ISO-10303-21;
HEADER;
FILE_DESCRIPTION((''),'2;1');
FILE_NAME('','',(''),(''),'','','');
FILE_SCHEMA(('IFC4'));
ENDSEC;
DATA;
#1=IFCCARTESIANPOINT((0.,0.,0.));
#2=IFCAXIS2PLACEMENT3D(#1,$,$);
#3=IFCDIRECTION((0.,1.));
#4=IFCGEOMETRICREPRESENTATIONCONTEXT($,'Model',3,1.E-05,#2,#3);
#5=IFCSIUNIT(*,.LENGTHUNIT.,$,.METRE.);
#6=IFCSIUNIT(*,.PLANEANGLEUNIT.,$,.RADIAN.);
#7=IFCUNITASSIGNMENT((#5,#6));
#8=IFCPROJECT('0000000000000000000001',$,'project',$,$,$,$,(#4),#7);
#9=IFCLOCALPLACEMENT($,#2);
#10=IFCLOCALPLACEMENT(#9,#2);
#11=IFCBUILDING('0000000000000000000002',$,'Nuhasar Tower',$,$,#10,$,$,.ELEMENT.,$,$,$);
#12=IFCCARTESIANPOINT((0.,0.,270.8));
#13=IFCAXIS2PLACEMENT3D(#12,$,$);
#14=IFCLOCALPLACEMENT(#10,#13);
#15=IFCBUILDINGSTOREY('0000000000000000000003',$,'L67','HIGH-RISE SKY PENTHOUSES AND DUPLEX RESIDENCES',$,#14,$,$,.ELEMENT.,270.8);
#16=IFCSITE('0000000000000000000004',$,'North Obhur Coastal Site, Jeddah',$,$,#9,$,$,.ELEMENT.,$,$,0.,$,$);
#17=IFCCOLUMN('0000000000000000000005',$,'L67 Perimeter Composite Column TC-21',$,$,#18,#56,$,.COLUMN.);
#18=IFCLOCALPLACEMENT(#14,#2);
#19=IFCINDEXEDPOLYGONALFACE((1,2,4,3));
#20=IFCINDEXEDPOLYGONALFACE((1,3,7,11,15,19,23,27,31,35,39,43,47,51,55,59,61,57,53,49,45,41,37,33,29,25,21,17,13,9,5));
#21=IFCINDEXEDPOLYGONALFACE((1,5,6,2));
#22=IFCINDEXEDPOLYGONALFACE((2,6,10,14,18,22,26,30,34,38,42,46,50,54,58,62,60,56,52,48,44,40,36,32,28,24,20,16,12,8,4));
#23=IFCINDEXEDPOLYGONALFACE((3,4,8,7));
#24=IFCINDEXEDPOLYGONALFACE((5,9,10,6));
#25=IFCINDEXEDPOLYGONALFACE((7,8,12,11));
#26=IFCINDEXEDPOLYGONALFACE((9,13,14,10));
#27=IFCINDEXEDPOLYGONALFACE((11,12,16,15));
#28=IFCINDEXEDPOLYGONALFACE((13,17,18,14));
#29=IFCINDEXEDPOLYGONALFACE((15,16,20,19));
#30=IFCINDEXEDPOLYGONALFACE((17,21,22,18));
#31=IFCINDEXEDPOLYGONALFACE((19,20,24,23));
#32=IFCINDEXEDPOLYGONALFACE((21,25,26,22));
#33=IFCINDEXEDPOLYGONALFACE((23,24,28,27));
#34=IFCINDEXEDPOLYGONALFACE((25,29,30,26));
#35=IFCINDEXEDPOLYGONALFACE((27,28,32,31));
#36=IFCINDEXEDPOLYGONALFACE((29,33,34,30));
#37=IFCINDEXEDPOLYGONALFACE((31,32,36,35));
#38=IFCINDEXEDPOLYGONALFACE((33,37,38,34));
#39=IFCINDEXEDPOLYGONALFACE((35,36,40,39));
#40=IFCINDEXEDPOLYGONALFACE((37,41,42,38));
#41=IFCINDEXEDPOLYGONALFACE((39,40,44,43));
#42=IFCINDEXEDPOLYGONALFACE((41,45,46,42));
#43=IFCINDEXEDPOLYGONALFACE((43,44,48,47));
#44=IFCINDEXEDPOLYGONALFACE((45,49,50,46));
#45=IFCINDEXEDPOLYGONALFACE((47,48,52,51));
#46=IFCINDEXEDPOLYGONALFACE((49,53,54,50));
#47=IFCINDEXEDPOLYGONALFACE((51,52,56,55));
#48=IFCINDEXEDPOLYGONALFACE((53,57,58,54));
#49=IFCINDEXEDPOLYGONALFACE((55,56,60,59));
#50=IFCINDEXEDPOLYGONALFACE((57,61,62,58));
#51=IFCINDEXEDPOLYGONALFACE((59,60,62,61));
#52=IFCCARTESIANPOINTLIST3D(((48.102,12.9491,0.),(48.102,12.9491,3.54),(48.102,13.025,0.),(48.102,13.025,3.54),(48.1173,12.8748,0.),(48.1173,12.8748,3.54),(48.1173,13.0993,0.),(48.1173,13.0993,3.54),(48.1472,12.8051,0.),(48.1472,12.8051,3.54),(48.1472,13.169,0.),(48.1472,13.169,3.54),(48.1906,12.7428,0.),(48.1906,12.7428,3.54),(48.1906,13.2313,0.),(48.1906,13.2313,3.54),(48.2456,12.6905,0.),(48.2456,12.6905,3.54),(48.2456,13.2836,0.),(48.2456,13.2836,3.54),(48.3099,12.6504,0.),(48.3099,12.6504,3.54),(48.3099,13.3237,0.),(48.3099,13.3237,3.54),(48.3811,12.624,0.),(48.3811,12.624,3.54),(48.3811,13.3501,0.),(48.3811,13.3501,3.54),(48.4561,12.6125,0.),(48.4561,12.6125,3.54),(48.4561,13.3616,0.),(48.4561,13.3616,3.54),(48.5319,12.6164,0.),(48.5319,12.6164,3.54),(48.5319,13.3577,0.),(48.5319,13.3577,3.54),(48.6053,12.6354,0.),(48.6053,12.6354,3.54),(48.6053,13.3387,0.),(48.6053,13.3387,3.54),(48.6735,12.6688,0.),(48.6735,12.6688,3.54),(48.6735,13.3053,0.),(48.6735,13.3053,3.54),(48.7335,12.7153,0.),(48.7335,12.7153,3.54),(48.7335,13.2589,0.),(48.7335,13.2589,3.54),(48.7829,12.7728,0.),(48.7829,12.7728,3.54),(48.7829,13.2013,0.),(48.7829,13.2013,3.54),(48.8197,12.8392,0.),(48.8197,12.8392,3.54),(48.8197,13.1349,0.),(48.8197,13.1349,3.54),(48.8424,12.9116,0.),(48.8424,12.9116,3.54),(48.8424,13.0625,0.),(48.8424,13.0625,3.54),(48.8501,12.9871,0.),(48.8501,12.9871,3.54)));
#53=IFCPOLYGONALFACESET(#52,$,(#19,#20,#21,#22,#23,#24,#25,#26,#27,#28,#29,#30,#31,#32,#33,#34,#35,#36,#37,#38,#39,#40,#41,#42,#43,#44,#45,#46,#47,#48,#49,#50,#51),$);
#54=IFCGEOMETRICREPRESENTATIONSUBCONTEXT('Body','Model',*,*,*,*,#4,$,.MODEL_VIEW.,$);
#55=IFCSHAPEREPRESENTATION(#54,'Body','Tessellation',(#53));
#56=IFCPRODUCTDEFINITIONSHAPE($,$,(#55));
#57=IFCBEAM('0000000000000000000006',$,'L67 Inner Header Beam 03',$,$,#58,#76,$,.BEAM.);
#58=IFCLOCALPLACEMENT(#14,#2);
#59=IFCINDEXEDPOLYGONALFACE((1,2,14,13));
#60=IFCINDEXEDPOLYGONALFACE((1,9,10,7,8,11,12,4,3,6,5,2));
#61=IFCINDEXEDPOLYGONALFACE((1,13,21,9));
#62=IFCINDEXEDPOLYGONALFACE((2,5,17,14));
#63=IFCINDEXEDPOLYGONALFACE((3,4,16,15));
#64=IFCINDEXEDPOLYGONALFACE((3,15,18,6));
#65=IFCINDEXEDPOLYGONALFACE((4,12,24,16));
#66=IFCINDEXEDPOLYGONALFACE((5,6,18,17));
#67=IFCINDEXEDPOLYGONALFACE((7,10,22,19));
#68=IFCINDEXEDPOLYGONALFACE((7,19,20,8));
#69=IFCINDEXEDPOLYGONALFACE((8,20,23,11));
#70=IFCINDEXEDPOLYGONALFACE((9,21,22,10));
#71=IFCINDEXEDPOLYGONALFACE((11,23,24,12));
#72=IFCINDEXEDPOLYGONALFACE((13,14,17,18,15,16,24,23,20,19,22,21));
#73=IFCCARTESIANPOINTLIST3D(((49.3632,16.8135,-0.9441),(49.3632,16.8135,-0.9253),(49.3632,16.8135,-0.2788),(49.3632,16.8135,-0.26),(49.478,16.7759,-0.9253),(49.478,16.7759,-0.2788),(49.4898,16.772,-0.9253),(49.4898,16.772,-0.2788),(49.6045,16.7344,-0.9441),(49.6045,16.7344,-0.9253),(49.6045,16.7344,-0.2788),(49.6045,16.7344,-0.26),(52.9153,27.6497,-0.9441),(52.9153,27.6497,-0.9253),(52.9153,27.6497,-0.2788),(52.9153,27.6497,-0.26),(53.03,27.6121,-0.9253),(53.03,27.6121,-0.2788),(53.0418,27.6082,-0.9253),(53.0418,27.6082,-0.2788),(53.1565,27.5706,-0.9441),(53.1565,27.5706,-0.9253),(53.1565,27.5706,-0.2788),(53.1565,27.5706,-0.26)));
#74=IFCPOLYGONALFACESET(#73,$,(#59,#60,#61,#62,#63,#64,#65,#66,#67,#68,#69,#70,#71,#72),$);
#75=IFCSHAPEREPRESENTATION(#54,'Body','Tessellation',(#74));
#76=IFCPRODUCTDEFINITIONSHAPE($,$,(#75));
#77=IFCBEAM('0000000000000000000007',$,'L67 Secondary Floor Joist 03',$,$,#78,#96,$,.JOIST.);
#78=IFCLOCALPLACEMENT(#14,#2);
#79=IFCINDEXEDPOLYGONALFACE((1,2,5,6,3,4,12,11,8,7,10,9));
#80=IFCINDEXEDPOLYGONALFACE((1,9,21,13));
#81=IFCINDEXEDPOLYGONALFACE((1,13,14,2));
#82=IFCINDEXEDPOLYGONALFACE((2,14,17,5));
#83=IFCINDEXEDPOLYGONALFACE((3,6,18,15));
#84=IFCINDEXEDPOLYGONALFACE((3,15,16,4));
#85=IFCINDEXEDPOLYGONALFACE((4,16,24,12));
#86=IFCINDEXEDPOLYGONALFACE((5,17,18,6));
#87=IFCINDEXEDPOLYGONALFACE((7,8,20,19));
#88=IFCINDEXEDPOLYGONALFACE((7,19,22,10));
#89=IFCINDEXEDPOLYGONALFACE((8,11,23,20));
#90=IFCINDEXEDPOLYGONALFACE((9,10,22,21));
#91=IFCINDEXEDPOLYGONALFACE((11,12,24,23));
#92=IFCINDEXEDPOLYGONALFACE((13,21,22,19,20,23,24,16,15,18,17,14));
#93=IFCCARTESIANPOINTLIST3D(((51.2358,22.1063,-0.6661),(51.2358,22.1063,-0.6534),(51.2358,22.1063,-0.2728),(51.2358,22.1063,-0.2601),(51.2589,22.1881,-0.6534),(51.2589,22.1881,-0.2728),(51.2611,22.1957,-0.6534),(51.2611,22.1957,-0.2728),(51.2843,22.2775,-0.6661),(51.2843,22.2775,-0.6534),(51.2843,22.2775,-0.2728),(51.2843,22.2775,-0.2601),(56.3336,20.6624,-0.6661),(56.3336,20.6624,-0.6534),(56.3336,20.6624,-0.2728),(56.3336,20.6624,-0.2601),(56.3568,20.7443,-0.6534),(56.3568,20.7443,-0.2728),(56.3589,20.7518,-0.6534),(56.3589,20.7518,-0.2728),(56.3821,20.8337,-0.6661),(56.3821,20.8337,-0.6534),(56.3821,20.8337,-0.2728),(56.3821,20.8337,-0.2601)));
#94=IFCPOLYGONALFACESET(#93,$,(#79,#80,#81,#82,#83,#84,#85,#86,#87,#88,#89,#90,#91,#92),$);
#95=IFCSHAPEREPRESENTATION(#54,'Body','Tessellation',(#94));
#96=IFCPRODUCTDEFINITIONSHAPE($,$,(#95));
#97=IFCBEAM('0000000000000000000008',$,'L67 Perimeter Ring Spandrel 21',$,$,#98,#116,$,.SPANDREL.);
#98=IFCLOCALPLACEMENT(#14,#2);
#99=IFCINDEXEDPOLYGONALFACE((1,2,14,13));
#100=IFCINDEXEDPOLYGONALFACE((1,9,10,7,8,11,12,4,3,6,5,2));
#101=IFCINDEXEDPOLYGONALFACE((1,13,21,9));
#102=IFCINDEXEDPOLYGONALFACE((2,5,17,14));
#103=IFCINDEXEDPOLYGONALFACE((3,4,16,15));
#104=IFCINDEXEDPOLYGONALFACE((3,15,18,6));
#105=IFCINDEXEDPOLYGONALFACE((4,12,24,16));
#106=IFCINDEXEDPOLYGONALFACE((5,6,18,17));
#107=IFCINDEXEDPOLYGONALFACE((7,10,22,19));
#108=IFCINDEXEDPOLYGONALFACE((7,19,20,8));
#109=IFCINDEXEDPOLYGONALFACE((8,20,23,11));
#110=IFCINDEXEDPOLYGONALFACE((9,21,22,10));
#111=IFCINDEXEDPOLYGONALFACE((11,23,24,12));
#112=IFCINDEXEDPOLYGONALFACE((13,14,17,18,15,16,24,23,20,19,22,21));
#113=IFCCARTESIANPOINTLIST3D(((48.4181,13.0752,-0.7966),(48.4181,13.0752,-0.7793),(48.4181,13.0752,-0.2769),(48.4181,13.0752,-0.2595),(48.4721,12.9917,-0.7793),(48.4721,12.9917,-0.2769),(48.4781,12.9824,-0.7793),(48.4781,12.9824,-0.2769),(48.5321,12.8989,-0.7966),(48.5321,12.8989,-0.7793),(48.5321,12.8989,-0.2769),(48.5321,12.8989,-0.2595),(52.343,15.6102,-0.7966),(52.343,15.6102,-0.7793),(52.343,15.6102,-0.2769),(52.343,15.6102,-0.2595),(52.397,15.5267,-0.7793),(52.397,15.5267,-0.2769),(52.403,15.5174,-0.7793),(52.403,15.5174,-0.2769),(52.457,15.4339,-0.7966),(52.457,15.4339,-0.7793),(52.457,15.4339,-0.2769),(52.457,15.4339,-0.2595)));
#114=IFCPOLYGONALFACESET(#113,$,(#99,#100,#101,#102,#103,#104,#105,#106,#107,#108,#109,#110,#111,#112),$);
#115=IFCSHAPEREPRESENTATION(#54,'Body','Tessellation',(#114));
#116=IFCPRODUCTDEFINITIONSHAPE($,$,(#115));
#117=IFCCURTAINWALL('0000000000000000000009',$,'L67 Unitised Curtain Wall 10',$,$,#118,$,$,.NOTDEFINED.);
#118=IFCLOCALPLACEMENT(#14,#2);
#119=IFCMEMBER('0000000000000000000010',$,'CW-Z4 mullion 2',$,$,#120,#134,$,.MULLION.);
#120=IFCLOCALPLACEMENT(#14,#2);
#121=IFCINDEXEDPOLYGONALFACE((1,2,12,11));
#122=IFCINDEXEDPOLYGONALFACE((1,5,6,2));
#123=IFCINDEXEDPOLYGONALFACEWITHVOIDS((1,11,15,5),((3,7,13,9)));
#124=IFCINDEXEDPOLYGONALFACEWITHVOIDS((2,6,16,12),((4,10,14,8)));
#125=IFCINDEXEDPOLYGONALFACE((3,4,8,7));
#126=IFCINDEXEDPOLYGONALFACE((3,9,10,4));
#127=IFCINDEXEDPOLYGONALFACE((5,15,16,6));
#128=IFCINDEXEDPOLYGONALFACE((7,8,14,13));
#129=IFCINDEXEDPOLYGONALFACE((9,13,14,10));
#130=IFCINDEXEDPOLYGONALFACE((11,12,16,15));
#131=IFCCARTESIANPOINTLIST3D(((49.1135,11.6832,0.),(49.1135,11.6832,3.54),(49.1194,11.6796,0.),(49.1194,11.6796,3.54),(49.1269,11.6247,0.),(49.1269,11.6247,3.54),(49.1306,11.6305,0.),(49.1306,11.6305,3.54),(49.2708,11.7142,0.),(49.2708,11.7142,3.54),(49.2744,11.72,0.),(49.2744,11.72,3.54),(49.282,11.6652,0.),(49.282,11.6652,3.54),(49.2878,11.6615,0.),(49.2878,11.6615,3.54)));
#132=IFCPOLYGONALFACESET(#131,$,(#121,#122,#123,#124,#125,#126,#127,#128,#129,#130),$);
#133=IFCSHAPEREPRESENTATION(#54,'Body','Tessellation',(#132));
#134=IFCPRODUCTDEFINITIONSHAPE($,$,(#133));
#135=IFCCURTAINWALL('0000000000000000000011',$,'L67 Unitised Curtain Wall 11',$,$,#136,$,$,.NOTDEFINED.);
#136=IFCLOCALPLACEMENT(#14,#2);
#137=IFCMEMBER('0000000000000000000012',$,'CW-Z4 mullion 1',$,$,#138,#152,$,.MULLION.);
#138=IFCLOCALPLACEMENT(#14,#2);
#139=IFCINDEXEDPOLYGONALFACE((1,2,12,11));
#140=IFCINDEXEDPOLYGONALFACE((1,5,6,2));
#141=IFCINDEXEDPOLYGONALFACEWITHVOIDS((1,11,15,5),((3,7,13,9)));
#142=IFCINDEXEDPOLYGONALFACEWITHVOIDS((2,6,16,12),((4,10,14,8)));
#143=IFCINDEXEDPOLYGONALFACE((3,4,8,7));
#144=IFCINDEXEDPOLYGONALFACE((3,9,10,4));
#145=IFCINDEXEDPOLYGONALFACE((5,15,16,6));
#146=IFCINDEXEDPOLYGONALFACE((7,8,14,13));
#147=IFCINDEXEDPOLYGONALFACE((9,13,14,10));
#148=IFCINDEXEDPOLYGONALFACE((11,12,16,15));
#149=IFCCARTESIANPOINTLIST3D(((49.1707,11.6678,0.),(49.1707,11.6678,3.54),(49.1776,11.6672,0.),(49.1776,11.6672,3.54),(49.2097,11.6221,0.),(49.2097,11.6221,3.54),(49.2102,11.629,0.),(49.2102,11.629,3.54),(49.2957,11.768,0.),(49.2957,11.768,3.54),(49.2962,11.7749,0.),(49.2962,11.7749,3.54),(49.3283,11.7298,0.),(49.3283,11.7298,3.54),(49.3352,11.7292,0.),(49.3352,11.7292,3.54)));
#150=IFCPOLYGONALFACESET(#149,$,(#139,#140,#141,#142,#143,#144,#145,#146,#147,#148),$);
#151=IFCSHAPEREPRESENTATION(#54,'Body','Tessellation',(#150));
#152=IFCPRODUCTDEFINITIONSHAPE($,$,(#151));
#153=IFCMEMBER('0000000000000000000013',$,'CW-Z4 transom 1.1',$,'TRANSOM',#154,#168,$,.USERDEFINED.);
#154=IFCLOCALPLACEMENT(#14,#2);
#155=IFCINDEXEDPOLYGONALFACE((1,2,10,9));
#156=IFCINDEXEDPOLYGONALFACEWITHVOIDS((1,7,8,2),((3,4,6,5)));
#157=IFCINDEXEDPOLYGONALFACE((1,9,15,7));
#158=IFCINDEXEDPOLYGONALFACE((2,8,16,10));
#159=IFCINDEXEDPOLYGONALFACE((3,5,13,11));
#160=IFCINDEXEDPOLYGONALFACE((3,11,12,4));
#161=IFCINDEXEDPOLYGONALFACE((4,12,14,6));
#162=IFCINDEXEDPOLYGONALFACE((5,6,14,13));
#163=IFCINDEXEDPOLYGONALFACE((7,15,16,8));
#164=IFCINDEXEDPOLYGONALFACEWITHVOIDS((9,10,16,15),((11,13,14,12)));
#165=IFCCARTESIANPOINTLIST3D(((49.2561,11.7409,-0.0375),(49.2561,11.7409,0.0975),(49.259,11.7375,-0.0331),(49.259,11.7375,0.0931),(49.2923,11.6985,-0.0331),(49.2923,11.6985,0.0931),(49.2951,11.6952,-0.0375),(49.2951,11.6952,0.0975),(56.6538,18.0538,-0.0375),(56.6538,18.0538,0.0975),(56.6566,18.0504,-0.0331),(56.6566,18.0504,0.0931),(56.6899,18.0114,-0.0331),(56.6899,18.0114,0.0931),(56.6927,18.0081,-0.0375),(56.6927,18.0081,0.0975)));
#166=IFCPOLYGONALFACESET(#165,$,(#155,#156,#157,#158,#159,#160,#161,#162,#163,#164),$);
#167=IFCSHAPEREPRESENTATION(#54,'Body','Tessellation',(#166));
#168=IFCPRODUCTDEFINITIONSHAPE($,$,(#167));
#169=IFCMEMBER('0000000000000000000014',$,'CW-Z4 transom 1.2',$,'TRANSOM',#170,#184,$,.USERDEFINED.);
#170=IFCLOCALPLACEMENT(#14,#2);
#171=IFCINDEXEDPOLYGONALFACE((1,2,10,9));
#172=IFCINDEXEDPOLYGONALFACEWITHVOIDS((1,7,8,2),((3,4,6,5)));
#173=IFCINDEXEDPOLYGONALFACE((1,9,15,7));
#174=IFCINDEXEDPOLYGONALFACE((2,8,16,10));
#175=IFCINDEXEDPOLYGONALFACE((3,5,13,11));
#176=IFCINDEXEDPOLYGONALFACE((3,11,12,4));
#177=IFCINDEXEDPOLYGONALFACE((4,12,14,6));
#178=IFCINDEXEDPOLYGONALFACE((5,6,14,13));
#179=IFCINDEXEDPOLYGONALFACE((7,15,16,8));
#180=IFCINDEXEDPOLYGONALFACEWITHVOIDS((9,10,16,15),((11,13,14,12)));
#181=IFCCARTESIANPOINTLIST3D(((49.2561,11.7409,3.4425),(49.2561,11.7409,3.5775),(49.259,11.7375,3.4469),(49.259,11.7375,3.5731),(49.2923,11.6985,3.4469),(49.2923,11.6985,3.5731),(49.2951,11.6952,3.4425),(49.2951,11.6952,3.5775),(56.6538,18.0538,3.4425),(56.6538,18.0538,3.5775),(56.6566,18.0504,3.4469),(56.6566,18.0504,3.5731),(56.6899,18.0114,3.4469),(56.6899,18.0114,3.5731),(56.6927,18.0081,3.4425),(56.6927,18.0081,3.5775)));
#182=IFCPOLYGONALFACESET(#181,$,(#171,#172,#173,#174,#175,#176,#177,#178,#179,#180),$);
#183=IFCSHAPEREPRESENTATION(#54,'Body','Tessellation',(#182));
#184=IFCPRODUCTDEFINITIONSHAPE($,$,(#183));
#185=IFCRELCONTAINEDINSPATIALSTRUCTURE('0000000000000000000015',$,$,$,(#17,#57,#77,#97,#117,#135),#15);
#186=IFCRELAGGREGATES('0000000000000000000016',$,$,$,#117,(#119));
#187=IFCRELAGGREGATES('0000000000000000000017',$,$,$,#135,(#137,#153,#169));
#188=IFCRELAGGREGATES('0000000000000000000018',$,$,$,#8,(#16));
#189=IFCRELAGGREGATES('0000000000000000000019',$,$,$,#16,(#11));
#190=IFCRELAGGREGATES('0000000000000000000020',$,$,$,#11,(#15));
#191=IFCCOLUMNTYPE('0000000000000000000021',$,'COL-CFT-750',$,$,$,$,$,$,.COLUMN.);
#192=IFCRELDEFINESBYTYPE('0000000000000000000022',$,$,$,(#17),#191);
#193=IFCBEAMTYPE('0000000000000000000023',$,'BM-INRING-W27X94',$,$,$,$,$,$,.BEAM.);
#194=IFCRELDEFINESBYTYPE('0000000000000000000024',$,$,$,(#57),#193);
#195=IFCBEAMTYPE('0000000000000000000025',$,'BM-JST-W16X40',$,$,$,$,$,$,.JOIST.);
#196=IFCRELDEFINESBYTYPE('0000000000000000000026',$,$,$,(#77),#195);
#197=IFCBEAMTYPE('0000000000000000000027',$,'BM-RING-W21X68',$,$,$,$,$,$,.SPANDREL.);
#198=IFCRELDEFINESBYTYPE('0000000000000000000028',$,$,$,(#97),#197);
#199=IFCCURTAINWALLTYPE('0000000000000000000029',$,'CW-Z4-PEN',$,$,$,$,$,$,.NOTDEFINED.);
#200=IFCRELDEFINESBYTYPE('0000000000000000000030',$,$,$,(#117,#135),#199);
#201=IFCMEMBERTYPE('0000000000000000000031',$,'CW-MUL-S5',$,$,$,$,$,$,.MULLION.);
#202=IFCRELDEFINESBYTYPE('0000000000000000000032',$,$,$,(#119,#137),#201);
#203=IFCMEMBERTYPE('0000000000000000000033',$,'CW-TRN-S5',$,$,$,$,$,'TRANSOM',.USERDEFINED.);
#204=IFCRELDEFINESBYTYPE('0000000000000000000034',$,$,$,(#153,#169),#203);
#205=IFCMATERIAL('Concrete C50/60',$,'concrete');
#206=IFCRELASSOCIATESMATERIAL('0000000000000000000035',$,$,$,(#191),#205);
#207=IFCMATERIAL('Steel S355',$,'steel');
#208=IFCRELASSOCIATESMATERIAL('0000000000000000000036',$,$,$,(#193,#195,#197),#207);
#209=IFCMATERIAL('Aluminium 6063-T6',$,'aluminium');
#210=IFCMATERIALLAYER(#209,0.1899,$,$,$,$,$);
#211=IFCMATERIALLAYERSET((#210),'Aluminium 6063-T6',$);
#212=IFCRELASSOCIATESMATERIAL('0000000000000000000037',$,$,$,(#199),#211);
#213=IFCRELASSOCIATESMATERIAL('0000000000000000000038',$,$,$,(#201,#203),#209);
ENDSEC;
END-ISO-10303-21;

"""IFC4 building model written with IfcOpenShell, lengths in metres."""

from ifc_helpers import new_model, si_unit, direction, frame, origin, origin_2d, place, context, subcontext, project, spatial, hollow_rectangle, circle, i_section, extrude, material, layer, layer_set, material_profile, profile_set, type_object, element, aggregate, save


model = new_model("IFC4")

# Units and contexts
model_context = context("Model", 3, precision=1e-05, world=origin(), true_north=direction((0.0, 1.0)))
body_context = subcontext(model_context, "Body", "Model", "MODEL_VIEW")
ifc_project = project(units=[si_unit("LENGTHUNIT", "METRE"), si_unit("PLANEANGLEUNIT", "RADIAN")], contexts=[model_context])

# Site, building, storey
site_placement = place(None, origin())
site = spatial("IfcSite", under=ifc_project, at=site_placement, Name="North Obhur Coastal Site, Jeddah", CompositionType="ELEMENT", RefElevation=0.0)
building_placement = place(site_placement, origin())
building = spatial("IfcBuilding", under=site, at=building_placement, Name="Nuhasar Tower", CompositionType="ELEMENT")
storey_placement = place(building_placement, frame((0.0, 0.0, 270.8)))
storey = spatial("IfcBuildingStorey", under=building, at=storey_placement, Name="L67", Description="HIGH-RISE SKY PENTHOUSES AND DUPLEX RESIDENCES", CompositionType="ELEMENT", Elevation=270.8)

# Column
ifc_material_1 = material(Name="Concrete C50/60", Category="concrete")
ifc_material_profile_1 = material_profile(ifc_material_1, circle(Radius=0.375, at=origin_2d()), Name="CFT750")
ifc_profile_set_1 = profile_set([ifc_material_profile_1], Name="Concrete C50/60")
column_type = type_object("IfcColumnType", Name="COL-CFT-750", PredefinedType="COLUMN", material=ifc_profile_set_1)
column_placement = place(storey_placement, frame((48.4751, 12.9871, 0.0), z_axis=(0.0, 0.0, 1.0), x_axis=(1.0, 0.0, 0.0)))
element("IfcColumn", 1, at=column_placement, inside=storey, type_object=column_type, Name="L67 Perimeter Composite Column TC-21", PredefinedType="COLUMN", context=body_context, shape_type="SweptSolid", body=[
    extrude(circle(Radius=0.375, at=origin_2d()), origin(), (0.0, 0.0, 1.0), 3.54),
])

# Beams
ifc_material_2 = material(Name="Steel S355", Category="steel")
ifc_material_profile_2 = material_profile(ifc_material_2, i_section(OverallWidth=0.2539, OverallDepth=0.6841, WebThickness=0.0125, FlangeThickness=0.0188, at=origin_2d()), Name="W27X94")
ifc_profile_set_2 = profile_set([ifc_material_profile_2], Name="Steel S355")
beam_type_1 = type_object("IfcBeamType", Name="BM-INRING-W27X94", PredefinedType="BEAM", material=ifc_profile_set_2)
beam_1_placement = place(storey_placement, frame((49.4839, 16.7739, -0.6021), z_axis=(0.311484, 0.950251, 0.0), x_axis=(-0.950251, 0.311484, 0.0)))
element("IfcBeam", 2, at=beam_1_placement, inside=storey, type_object=beam_type_1, Name="L67 Inner Header Beam 03", PredefinedType="BEAM", context=body_context, shape_type="SweptSolid", body=[
    extrude(i_section(OverallWidth=0.2539, OverallDepth=0.6841, WebThickness=0.0125, FlangeThickness=0.0188, at=origin_2d()), origin(), (0.0, 0.0, 1.0), 11.4036),
])
ifc_material_profile_3 = material_profile(ifc_material_2, i_section(OverallWidth=0.178, OverallDepth=0.406, WebThickness=0.0078, FlangeThickness=0.0127, at=origin_2d()), Name="W16X40")
ifc_profile_set_3 = profile_set([ifc_material_profile_3], Name="Steel S355")
beam_type_2 = type_object("IfcBeamType", Name="BM-JST-W16X40", PredefinedType="JOIST", material=ifc_profile_set_3)
beam_2_placement = place(storey_placement, frame((51.26, 22.1919, -0.4631), z_axis=(0.962154, -0.272505, 0.0), x_axis=(0.272505, 0.962154, 0.0)))
element("IfcBeam", 3, at=beam_2_placement, inside=storey, type_object=beam_type_2, Name="L67 Secondary Floor Joist 03", PredefinedType="JOIST", context=body_context, shape_type="SweptSolid", body=[
    extrude(i_section(OverallWidth=0.178, OverallDepth=0.406, WebThickness=0.0078, FlangeThickness=0.0127, at=origin_2d()), origin(), (0.0, 0.0, 1.0), 5.2983),
])
ifc_material_profile_4 = material_profile(ifc_material_2, i_section(OverallWidth=0.21, OverallDepth=0.5371, WebThickness=0.011, FlangeThickness=0.0173, at=origin_2d()), Name="W21X68")
ifc_profile_set_4 = profile_set([ifc_material_profile_4], Name="Steel S355")
beam_type_3 = type_object("IfcBeamType", Name="BM-RING-W21X68", PredefinedType="SPANDREL", material=ifc_profile_set_4)
beam_3_placement = place(storey_placement, frame((48.4751, 12.9871, -0.5281), z_axis=(0.840025, 0.542547, 0.0), x_axis=(-0.542547, 0.840025, 0.0)))
element("IfcBeam", 4, at=beam_3_placement, inside=storey, type_object=beam_type_3, Name="L67 Perimeter Ring Spandrel 21", PredefinedType="SPANDREL", context=body_context, shape_type="SweptSolid", body=[
    extrude(i_section(OverallWidth=0.21, OverallDepth=0.5371, WebThickness=0.011, FlangeThickness=0.0173, at=origin_2d()), origin(), (0.0, 0.0, 1.0), 4.6724),
])

# Curtain wall, member
ifc_material_3 = material(Name="Aluminium 6063-T6", Category="aluminium")
ifc_layer_1 = layer(ifc_material_3, 0.1899)
ifc_layer_set_1 = layer_set([ifc_layer_1], Name="Aluminium 6063-T6")
curtain_wall_type = type_object("IfcCurtainWallType", Name="CW-Z4-PEN", PredefinedType="NOTDEFINED", material=ifc_layer_set_1)
curtain_wall_1_placement = place(storey_placement, origin())
curtain_wall_1 = element("IfcCurtainWall", 5, at=curtain_wall_1_placement, inside=storey, type_object=curtain_wall_type, Name="L67 Unitised Curtain Wall 10", PredefinedType="NOTDEFINED")
ifc_material_profile_5 = material_profile(ifc_material_3, hollow_rectangle(XDim=0.0601, YDim=0.165, WallThickness=0.0049, at=origin_2d()), Name="CWM-5")
ifc_profile_set_5 = profile_set([ifc_material_profile_5], Name="Aluminium 6063-T6")
member_type_1 = type_object("IfcMemberType", Name="CW-MUL-S5", PredefinedType="MULLION", material=ifc_profile_set_5)
member_1_placement = place(storey_placement, frame((49.2007, 11.6724, 0.0), z_axis=(0.0, 0.0, 1.0), x_axis=(-0.222889, 0.974844, 0.0)))
member_1 = element("IfcMember", 6, at=member_1_placement, type_object=member_type_1, Name="CW-Z4 mullion 2", PredefinedType="MULLION", context=body_context, shape_type="SweptSolid", body=[
    extrude(hollow_rectangle(XDim=0.0601, YDim=0.165, WallThickness=0.0049, at=origin_2d()), origin(), (0.0, 0.0, 1.0), 3.54),
])
aggregate(curtain_wall_1, [member_1])

# Curtain wall, members
curtain_wall_2_placement = place(storey_placement, origin())
curtain_wall_2 = element("IfcCurtainWall", 7, at=curtain_wall_2_placement, inside=storey, type_object=curtain_wall_type, Name="L67 Unitised Curtain Wall 11", PredefinedType="NOTDEFINED")
member_2_placement = place(storey_placement, frame((49.2529, 11.6985, 0.0), z_axis=(0.0, 0.0, 1.0), x_axis=(-0.649142, 0.760667, 0.0)))
member_2 = element("IfcMember", 8, at=member_2_placement, type_object=member_type_1, Name="CW-Z4 mullion 1", PredefinedType="MULLION", context=body_context, shape_type="SweptSolid", body=[
    extrude(hollow_rectangle(XDim=0.0601, YDim=0.165, WallThickness=0.0049, at=origin_2d()), origin(), (0.0, 0.0, 1.0), 3.54),
])
ifc_material_profile_6 = material_profile(ifc_material_3, hollow_rectangle(XDim=0.0601, YDim=0.135, WallThickness=0.0044, at=origin_2d()), Name="CWT-5")
ifc_profile_set_6 = profile_set([ifc_material_profile_6], Name="Aluminium 6063-T6")
member_type_2 = type_object("IfcMemberType", Name="CW-TRN-S5", ElementType="TRANSOM", PredefinedType="USERDEFINED", material=ifc_profile_set_6)
member_3_placement = place(storey_placement, frame((49.2756, 11.718, 0.03), z_axis=(0.760672, 0.649136, 0.0), x_axis=(-0.649136, 0.760672, 0.0)))
member_3 = element("IfcMember", 9, at=member_3_placement, type_object=member_type_2, Name="CW-Z4 transom 1.1", ObjectType="TRANSOM", PredefinedType="USERDEFINED", context=body_context, shape_type="SweptSolid", body=[
    extrude(hollow_rectangle(XDim=0.0601, YDim=0.135, WallThickness=0.0044, at=origin_2d()), origin(), (0.0, 0.0, 1.0), 9.7251),
])
member_4_placement = place(storey_placement, frame((49.2756, 11.718, 3.51), z_axis=(0.760672, 0.649136, 0.0), x_axis=(-0.649136, 0.760672, 0.0)))
member_4 = element("IfcMember", 10, at=member_4_placement, type_object=member_type_2, Name="CW-Z4 transom 1.2", ObjectType="TRANSOM", PredefinedType="USERDEFINED", context=body_context, shape_type="SweptSolid", body=[
    extrude(hollow_rectangle(XDim=0.0601, YDim=0.135, WallThickness=0.0044, at=origin_2d()), origin(), (0.0, 0.0, 1.0), 9.7251),
])
aggregate(curtain_wall_2, [member_2, member_3, member_4])

save(model, "model.ifc")
